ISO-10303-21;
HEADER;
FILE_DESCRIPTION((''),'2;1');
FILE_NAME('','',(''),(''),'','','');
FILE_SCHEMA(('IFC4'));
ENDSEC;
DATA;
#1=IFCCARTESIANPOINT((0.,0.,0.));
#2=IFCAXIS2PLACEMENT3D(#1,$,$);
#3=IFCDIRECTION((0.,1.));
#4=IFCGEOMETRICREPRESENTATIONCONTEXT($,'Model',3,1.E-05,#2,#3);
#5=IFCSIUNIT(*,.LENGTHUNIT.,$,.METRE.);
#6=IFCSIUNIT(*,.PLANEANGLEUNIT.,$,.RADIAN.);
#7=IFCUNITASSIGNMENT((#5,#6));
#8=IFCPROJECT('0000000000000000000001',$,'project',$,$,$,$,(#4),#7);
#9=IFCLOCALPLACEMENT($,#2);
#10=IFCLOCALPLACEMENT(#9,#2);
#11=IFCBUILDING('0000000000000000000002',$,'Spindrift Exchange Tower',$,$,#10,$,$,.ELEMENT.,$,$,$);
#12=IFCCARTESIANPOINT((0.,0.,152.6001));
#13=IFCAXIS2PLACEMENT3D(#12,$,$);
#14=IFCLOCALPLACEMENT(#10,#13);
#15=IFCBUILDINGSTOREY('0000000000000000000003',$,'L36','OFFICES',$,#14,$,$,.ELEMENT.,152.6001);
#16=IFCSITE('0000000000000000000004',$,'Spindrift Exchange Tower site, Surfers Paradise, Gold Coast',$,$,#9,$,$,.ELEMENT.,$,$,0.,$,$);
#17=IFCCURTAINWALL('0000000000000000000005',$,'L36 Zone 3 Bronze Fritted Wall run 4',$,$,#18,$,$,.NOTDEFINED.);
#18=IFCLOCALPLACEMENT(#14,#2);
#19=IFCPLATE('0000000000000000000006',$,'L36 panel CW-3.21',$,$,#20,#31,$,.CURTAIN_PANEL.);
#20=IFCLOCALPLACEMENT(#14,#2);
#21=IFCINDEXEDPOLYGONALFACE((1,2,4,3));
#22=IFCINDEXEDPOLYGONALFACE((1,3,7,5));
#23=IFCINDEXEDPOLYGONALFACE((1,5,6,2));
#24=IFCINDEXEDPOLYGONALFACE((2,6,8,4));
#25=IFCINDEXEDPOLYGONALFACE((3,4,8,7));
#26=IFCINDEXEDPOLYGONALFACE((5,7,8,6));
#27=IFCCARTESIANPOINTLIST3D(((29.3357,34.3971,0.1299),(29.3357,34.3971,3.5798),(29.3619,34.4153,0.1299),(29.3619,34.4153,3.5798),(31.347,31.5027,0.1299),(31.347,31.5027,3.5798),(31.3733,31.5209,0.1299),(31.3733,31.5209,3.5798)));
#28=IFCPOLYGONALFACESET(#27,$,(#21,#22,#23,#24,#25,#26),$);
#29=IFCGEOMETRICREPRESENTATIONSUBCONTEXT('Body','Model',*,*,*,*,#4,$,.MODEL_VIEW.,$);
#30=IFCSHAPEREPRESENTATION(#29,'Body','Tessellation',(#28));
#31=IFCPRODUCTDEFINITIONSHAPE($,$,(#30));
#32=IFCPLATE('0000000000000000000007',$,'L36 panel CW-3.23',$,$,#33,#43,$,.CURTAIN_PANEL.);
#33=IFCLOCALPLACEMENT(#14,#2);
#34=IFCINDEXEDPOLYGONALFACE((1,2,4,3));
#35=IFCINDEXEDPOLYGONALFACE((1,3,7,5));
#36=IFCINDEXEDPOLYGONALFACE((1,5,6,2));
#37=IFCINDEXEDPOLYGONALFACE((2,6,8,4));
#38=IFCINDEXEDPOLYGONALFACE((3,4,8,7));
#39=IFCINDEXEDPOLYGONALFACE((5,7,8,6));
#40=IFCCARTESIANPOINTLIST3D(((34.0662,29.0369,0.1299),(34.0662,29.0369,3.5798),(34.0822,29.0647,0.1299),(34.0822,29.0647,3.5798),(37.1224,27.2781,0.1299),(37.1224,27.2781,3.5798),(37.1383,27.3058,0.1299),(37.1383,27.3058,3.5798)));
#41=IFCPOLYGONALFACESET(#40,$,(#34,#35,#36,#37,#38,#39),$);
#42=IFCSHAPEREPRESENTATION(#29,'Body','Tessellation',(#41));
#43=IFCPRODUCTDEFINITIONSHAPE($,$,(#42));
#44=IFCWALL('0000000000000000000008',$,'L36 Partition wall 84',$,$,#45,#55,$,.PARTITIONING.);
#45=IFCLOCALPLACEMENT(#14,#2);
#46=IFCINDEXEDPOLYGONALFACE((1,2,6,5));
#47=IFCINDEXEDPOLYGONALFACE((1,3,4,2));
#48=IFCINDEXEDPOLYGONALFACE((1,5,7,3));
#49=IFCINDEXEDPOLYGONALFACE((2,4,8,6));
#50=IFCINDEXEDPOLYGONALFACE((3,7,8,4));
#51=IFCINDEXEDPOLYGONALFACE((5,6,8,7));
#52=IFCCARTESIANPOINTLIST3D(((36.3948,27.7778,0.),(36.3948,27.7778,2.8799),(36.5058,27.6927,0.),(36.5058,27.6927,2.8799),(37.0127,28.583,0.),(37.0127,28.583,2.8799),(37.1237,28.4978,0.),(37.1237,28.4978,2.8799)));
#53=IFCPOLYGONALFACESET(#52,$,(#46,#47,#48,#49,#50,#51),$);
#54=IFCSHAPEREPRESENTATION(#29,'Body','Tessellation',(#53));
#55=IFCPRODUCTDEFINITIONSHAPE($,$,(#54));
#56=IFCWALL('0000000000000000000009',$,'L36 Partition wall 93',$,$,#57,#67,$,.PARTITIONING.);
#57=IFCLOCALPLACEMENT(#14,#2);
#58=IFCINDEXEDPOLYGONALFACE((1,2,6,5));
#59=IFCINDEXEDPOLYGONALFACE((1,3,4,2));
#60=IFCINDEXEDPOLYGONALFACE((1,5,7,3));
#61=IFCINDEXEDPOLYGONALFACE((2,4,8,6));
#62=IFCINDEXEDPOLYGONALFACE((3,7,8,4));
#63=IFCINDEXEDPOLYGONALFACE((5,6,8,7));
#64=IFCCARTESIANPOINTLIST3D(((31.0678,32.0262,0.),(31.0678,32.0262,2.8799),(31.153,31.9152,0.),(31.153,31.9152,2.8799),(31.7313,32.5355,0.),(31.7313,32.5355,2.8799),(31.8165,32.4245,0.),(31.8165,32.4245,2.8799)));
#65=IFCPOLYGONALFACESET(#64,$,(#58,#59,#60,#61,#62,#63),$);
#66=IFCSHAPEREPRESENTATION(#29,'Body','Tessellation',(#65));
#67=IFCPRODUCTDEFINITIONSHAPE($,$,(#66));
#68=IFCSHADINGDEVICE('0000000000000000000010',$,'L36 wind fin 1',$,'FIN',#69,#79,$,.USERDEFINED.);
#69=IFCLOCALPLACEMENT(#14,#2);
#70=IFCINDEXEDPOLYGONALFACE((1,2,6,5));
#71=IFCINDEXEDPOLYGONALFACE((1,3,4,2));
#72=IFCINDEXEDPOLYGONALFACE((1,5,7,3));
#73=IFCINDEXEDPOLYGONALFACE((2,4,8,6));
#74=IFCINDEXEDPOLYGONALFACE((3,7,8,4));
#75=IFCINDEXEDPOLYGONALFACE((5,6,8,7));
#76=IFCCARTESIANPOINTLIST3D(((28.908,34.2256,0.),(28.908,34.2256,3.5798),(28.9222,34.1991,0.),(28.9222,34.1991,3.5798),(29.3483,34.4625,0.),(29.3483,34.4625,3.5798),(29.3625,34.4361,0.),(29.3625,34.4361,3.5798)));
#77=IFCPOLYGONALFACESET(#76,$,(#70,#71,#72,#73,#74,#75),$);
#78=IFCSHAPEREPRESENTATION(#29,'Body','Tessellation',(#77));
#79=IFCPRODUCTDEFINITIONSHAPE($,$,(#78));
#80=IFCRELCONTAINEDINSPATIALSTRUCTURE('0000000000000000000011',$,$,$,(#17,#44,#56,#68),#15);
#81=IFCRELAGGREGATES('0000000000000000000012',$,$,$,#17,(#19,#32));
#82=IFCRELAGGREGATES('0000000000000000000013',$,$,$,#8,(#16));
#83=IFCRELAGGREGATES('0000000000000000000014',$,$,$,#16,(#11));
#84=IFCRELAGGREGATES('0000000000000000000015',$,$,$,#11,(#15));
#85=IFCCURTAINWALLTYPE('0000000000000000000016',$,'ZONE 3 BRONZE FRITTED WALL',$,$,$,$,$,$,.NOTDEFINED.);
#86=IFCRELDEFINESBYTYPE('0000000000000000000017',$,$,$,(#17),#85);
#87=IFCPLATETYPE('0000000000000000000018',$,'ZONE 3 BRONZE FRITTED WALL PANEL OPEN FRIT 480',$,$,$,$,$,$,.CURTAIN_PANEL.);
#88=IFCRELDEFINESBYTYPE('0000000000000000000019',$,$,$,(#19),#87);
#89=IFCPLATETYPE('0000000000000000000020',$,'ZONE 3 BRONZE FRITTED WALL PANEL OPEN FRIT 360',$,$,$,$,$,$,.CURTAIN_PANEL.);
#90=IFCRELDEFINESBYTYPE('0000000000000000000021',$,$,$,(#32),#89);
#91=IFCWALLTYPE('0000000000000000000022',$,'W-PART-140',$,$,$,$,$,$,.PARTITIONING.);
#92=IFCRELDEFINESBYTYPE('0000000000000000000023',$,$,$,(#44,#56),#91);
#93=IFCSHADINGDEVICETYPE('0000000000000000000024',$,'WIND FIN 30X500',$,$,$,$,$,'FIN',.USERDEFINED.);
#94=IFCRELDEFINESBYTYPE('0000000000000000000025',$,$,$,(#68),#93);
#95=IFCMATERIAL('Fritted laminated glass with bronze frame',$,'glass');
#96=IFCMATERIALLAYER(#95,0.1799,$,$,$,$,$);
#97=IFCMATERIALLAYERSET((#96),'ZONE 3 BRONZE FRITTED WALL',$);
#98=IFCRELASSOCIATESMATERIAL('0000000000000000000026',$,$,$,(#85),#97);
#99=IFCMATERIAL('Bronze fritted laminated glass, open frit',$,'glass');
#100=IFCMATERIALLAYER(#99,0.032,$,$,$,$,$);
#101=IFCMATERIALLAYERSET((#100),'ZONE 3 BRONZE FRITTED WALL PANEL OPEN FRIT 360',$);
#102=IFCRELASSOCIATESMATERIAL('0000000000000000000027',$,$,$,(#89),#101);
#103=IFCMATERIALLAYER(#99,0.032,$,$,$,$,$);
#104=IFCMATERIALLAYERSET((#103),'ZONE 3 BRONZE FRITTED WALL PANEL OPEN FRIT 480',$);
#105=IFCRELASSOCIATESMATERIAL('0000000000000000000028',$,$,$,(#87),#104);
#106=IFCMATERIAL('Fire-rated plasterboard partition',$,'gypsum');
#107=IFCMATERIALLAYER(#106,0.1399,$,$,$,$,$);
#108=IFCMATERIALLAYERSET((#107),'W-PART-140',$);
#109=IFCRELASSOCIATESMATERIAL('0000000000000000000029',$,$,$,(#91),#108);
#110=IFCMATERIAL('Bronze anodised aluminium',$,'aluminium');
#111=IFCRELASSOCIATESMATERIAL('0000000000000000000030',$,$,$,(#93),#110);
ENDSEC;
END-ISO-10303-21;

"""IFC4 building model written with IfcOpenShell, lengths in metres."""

from ifc_helpers import new_model, si_unit, direction, frame, frame_2d, origin, origin_2d, place, context, subcontext, project, spatial, rectangle, extrude, source, transform, mapped, material, layer, layer_set, material_profile, profile_set, type_object, element, aggregate, save


model = new_model("IFC4")

# Units and contexts
model_context = context("Model", 3, precision=1e-05, world=origin(), true_north=direction((0.0, 1.0)))
body_context = subcontext(model_context, "Body", "Model", "MODEL_VIEW")
ifc_project = project(units=[si_unit("LENGTHUNIT", "METRE"), si_unit("PLANEANGLEUNIT", "RADIAN")], contexts=[model_context])

# Site, building, storey
site_placement = place(None, origin())
site = spatial("IfcSite", under=ifc_project, at=site_placement, Name="Spindrift Exchange Tower site, Surfers Paradise, Gold Coast", CompositionType="ELEMENT", RefElevation=0.0)
building_placement = place(site_placement, origin())
building = spatial("IfcBuilding", under=site, at=building_placement, Name="Spindrift Exchange Tower", CompositionType="ELEMENT")
storey_placement = place(building_placement, frame((0.0, 0.0, 152.6001)))
storey = spatial("IfcBuildingStorey", under=building, at=storey_placement, Name="L36", Description="OFFICES", CompositionType="ELEMENT", Elevation=152.6001)

# Curtain wall
ifc_material_1 = material(Name="Fritted laminated glass with bronze frame", Category="glass")
ifc_layer_1 = layer(ifc_material_1, 0.1799)
ifc_layer_set_1 = layer_set([ifc_layer_1], Name="ZONE 3 BRONZE FRITTED WALL")
curtain_wall_type = type_object("IfcCurtainWallType", Name="ZONE 3 BRONZE FRITTED WALL", PredefinedType="NOTDEFINED", material=ifc_layer_set_1)
curtain_wall_placement = place(storey_placement, origin())
curtain_wall = element("IfcCurtainWall", 1, at=curtain_wall_placement, inside=storey, type_object=curtain_wall_type, Name="L36 Zone 3 Bronze Fritted Wall run 4", PredefinedType="NOTDEFINED")
ifc_material_2 = material(Name="Bronze anodised aluminium", Category="aluminium")

# Plates
ifc_material_3 = material(Name="Bronze fritted laminated glass, open frit", Category="glass")
ifc_layer_2 = layer(ifc_material_3, 0.032)
ifc_layer_set_2 = layer_set([ifc_layer_2], Name="ZONE 3 BRONZE FRITTED WALL PANEL OPEN FRIT 360")
plate_type_1 = type_object("IfcPlateType", Name="ZONE 3 BRONZE FRITTED WALL PANEL OPEN FRIT 360", PredefinedType="CURTAIN_PANEL", material=ifc_layer_set_2)
ifc_layer_3 = layer(ifc_material_3, 0.032)
ifc_layer_set_3 = layer_set([ifc_layer_3], Name="ZONE 3 BRONZE FRITTED WALL PANEL OPEN FRIT 480")
plate_type_2 = type_object("IfcPlateType", Name="ZONE 3 BRONZE FRITTED WALL PANEL OPEN FRIT 480", PredefinedType="CURTAIN_PANEL", material=ifc_layer_set_3)
shared_shape_1 = source(origin(), body_context, "Body", "SweptSolid", [
    extrude(rectangle(XDim=3.5247, YDim=0.032, at=origin_2d()), origin(), (0.0, 0.0, 1.0), 3.45),
])
plate_1_placement = place(storey_placement, frame((30.3545, 32.959, 0.1299), z_axis=(0.0, 0.0, 1.0), x_axis=(0.570653, -0.821191, 0.0)))
plate_1 = element("IfcPlate", 2, at=plate_1_placement, type_object=plate_type_2, Name="L36 panel CW-3.21", PredefinedType="CURTAIN_PANEL", context=body_context, shape_type="MappedRepresentation", body=[
    mapped(shared_shape_1, transform((0.0, 0.0, 0.0), scale=1.0)),
])
shared_shape_2 = source(origin(), body_context, "Body", "SweptSolid", [
    extrude(rectangle(XDim=3.5261, YDim=0.032, at=origin_2d()), origin(), (0.0, 0.0, 1.0), 3.45),
])
plate_2_placement = place(storey_placement, frame((35.6023, 28.1714, 0.1299), z_axis=(0.0, 0.0, 1.0), x_axis=(0.866716, -0.498802, 0.0)))
plate_2 = element("IfcPlate", 3, at=plate_2_placement, type_object=plate_type_1, Name="L36 panel CW-3.23", PredefinedType="CURTAIN_PANEL", context=body_context, shape_type="MappedRepresentation", body=[
    mapped(shared_shape_2, transform((0.0, 0.0, 0.0), scale=1.0)),
])
aggregate(curtain_wall, [plate_1, plate_2])

# Walls
ifc_material_4 = material(Name="Fire-rated plasterboard partition", Category="gypsum")
ifc_layer_4 = layer(ifc_material_4, 0.1399)
ifc_layer_set_4 = layer_set([ifc_layer_4], Name="W-PART-140")
wall_type = type_object("IfcWallType", Name="W-PART-140", PredefinedType="PARTITIONING", material=ifc_layer_set_4)
wall_1_placement = place(storey_placement, frame((37.0681, 28.5403, 0.0), z_axis=(0.0, 0.0, 1.0), x_axis=(-0.608815, -0.793312, 0.0)))
element("IfcWall", 4, at=wall_1_placement, inside=storey, type_object=wall_type, Name="L36 Partition wall 84", PredefinedType="PARTITIONING", context=body_context, shape_type="SweptSolid", body=[
    extrude(rectangle(XDim=1.0149, YDim=0.1399, at=frame_2d((0.5073, 0.0))), origin(), (0.0, 0.0, 1.0), 2.8799),
])
wall_2_placement = place(storey_placement, frame((31.7739, 32.48, 0.0), z_axis=(0.0, 0.0, 1.0), x_axis=(-0.793296, -0.608836, 0.0)))
element("IfcWall", 5, at=wall_2_placement, inside=storey, type_object=wall_type, Name="L36 Partition wall 93", PredefinedType="PARTITIONING", context=body_context, shape_type="SweptSolid", body=[
    extrude(rectangle(XDim=0.8364, YDim=0.1399, at=frame_2d((0.4182, 0.0))), origin(), (0.0, 0.0, 1.0), 2.8799),
])

# Shading device
ifc_material_profile_1 = material_profile(ifc_material_2, rectangle(XDim=0.03, YDim=0.5, at=origin_2d()), Name="WIND FIN 30X500")
ifc_profile_set_1 = profile_set([ifc_material_profile_1], Name="Bronze anodised aluminium")
shading_device_type = type_object("IfcShadingDeviceType", Name="WIND FIN 30X500", ElementType="FIN", PredefinedType="USERDEFINED", material=ifc_profile_set_1)
shared_shape_3 = source(origin(), body_context, "Body", "SweptSolid", [
    extrude(rectangle(XDim=0.03, YDim=0.5, at=origin_2d()), origin(), (0.0, 0.0, 1.0), 3.5798),
])
shading_device_placement = place(storey_placement, frame((29.1353, 34.3308, 0.0), z_axis=(0.0, 0.0, 1.0), x_axis=(0.473924, -0.880566, 0.0)))
element("IfcShadingDevice", 6, at=shading_device_placement, inside=storey, type_object=shading_device_type, Name="L36 wind fin 1", ObjectType="FIN", PredefinedType="USERDEFINED", context=body_context, shape_type="MappedRepresentation", body=[
    mapped(shared_shape_3, transform((0.0, 0.0, 0.0), scale=1.0)),
])

save(model, "model.ifc")
